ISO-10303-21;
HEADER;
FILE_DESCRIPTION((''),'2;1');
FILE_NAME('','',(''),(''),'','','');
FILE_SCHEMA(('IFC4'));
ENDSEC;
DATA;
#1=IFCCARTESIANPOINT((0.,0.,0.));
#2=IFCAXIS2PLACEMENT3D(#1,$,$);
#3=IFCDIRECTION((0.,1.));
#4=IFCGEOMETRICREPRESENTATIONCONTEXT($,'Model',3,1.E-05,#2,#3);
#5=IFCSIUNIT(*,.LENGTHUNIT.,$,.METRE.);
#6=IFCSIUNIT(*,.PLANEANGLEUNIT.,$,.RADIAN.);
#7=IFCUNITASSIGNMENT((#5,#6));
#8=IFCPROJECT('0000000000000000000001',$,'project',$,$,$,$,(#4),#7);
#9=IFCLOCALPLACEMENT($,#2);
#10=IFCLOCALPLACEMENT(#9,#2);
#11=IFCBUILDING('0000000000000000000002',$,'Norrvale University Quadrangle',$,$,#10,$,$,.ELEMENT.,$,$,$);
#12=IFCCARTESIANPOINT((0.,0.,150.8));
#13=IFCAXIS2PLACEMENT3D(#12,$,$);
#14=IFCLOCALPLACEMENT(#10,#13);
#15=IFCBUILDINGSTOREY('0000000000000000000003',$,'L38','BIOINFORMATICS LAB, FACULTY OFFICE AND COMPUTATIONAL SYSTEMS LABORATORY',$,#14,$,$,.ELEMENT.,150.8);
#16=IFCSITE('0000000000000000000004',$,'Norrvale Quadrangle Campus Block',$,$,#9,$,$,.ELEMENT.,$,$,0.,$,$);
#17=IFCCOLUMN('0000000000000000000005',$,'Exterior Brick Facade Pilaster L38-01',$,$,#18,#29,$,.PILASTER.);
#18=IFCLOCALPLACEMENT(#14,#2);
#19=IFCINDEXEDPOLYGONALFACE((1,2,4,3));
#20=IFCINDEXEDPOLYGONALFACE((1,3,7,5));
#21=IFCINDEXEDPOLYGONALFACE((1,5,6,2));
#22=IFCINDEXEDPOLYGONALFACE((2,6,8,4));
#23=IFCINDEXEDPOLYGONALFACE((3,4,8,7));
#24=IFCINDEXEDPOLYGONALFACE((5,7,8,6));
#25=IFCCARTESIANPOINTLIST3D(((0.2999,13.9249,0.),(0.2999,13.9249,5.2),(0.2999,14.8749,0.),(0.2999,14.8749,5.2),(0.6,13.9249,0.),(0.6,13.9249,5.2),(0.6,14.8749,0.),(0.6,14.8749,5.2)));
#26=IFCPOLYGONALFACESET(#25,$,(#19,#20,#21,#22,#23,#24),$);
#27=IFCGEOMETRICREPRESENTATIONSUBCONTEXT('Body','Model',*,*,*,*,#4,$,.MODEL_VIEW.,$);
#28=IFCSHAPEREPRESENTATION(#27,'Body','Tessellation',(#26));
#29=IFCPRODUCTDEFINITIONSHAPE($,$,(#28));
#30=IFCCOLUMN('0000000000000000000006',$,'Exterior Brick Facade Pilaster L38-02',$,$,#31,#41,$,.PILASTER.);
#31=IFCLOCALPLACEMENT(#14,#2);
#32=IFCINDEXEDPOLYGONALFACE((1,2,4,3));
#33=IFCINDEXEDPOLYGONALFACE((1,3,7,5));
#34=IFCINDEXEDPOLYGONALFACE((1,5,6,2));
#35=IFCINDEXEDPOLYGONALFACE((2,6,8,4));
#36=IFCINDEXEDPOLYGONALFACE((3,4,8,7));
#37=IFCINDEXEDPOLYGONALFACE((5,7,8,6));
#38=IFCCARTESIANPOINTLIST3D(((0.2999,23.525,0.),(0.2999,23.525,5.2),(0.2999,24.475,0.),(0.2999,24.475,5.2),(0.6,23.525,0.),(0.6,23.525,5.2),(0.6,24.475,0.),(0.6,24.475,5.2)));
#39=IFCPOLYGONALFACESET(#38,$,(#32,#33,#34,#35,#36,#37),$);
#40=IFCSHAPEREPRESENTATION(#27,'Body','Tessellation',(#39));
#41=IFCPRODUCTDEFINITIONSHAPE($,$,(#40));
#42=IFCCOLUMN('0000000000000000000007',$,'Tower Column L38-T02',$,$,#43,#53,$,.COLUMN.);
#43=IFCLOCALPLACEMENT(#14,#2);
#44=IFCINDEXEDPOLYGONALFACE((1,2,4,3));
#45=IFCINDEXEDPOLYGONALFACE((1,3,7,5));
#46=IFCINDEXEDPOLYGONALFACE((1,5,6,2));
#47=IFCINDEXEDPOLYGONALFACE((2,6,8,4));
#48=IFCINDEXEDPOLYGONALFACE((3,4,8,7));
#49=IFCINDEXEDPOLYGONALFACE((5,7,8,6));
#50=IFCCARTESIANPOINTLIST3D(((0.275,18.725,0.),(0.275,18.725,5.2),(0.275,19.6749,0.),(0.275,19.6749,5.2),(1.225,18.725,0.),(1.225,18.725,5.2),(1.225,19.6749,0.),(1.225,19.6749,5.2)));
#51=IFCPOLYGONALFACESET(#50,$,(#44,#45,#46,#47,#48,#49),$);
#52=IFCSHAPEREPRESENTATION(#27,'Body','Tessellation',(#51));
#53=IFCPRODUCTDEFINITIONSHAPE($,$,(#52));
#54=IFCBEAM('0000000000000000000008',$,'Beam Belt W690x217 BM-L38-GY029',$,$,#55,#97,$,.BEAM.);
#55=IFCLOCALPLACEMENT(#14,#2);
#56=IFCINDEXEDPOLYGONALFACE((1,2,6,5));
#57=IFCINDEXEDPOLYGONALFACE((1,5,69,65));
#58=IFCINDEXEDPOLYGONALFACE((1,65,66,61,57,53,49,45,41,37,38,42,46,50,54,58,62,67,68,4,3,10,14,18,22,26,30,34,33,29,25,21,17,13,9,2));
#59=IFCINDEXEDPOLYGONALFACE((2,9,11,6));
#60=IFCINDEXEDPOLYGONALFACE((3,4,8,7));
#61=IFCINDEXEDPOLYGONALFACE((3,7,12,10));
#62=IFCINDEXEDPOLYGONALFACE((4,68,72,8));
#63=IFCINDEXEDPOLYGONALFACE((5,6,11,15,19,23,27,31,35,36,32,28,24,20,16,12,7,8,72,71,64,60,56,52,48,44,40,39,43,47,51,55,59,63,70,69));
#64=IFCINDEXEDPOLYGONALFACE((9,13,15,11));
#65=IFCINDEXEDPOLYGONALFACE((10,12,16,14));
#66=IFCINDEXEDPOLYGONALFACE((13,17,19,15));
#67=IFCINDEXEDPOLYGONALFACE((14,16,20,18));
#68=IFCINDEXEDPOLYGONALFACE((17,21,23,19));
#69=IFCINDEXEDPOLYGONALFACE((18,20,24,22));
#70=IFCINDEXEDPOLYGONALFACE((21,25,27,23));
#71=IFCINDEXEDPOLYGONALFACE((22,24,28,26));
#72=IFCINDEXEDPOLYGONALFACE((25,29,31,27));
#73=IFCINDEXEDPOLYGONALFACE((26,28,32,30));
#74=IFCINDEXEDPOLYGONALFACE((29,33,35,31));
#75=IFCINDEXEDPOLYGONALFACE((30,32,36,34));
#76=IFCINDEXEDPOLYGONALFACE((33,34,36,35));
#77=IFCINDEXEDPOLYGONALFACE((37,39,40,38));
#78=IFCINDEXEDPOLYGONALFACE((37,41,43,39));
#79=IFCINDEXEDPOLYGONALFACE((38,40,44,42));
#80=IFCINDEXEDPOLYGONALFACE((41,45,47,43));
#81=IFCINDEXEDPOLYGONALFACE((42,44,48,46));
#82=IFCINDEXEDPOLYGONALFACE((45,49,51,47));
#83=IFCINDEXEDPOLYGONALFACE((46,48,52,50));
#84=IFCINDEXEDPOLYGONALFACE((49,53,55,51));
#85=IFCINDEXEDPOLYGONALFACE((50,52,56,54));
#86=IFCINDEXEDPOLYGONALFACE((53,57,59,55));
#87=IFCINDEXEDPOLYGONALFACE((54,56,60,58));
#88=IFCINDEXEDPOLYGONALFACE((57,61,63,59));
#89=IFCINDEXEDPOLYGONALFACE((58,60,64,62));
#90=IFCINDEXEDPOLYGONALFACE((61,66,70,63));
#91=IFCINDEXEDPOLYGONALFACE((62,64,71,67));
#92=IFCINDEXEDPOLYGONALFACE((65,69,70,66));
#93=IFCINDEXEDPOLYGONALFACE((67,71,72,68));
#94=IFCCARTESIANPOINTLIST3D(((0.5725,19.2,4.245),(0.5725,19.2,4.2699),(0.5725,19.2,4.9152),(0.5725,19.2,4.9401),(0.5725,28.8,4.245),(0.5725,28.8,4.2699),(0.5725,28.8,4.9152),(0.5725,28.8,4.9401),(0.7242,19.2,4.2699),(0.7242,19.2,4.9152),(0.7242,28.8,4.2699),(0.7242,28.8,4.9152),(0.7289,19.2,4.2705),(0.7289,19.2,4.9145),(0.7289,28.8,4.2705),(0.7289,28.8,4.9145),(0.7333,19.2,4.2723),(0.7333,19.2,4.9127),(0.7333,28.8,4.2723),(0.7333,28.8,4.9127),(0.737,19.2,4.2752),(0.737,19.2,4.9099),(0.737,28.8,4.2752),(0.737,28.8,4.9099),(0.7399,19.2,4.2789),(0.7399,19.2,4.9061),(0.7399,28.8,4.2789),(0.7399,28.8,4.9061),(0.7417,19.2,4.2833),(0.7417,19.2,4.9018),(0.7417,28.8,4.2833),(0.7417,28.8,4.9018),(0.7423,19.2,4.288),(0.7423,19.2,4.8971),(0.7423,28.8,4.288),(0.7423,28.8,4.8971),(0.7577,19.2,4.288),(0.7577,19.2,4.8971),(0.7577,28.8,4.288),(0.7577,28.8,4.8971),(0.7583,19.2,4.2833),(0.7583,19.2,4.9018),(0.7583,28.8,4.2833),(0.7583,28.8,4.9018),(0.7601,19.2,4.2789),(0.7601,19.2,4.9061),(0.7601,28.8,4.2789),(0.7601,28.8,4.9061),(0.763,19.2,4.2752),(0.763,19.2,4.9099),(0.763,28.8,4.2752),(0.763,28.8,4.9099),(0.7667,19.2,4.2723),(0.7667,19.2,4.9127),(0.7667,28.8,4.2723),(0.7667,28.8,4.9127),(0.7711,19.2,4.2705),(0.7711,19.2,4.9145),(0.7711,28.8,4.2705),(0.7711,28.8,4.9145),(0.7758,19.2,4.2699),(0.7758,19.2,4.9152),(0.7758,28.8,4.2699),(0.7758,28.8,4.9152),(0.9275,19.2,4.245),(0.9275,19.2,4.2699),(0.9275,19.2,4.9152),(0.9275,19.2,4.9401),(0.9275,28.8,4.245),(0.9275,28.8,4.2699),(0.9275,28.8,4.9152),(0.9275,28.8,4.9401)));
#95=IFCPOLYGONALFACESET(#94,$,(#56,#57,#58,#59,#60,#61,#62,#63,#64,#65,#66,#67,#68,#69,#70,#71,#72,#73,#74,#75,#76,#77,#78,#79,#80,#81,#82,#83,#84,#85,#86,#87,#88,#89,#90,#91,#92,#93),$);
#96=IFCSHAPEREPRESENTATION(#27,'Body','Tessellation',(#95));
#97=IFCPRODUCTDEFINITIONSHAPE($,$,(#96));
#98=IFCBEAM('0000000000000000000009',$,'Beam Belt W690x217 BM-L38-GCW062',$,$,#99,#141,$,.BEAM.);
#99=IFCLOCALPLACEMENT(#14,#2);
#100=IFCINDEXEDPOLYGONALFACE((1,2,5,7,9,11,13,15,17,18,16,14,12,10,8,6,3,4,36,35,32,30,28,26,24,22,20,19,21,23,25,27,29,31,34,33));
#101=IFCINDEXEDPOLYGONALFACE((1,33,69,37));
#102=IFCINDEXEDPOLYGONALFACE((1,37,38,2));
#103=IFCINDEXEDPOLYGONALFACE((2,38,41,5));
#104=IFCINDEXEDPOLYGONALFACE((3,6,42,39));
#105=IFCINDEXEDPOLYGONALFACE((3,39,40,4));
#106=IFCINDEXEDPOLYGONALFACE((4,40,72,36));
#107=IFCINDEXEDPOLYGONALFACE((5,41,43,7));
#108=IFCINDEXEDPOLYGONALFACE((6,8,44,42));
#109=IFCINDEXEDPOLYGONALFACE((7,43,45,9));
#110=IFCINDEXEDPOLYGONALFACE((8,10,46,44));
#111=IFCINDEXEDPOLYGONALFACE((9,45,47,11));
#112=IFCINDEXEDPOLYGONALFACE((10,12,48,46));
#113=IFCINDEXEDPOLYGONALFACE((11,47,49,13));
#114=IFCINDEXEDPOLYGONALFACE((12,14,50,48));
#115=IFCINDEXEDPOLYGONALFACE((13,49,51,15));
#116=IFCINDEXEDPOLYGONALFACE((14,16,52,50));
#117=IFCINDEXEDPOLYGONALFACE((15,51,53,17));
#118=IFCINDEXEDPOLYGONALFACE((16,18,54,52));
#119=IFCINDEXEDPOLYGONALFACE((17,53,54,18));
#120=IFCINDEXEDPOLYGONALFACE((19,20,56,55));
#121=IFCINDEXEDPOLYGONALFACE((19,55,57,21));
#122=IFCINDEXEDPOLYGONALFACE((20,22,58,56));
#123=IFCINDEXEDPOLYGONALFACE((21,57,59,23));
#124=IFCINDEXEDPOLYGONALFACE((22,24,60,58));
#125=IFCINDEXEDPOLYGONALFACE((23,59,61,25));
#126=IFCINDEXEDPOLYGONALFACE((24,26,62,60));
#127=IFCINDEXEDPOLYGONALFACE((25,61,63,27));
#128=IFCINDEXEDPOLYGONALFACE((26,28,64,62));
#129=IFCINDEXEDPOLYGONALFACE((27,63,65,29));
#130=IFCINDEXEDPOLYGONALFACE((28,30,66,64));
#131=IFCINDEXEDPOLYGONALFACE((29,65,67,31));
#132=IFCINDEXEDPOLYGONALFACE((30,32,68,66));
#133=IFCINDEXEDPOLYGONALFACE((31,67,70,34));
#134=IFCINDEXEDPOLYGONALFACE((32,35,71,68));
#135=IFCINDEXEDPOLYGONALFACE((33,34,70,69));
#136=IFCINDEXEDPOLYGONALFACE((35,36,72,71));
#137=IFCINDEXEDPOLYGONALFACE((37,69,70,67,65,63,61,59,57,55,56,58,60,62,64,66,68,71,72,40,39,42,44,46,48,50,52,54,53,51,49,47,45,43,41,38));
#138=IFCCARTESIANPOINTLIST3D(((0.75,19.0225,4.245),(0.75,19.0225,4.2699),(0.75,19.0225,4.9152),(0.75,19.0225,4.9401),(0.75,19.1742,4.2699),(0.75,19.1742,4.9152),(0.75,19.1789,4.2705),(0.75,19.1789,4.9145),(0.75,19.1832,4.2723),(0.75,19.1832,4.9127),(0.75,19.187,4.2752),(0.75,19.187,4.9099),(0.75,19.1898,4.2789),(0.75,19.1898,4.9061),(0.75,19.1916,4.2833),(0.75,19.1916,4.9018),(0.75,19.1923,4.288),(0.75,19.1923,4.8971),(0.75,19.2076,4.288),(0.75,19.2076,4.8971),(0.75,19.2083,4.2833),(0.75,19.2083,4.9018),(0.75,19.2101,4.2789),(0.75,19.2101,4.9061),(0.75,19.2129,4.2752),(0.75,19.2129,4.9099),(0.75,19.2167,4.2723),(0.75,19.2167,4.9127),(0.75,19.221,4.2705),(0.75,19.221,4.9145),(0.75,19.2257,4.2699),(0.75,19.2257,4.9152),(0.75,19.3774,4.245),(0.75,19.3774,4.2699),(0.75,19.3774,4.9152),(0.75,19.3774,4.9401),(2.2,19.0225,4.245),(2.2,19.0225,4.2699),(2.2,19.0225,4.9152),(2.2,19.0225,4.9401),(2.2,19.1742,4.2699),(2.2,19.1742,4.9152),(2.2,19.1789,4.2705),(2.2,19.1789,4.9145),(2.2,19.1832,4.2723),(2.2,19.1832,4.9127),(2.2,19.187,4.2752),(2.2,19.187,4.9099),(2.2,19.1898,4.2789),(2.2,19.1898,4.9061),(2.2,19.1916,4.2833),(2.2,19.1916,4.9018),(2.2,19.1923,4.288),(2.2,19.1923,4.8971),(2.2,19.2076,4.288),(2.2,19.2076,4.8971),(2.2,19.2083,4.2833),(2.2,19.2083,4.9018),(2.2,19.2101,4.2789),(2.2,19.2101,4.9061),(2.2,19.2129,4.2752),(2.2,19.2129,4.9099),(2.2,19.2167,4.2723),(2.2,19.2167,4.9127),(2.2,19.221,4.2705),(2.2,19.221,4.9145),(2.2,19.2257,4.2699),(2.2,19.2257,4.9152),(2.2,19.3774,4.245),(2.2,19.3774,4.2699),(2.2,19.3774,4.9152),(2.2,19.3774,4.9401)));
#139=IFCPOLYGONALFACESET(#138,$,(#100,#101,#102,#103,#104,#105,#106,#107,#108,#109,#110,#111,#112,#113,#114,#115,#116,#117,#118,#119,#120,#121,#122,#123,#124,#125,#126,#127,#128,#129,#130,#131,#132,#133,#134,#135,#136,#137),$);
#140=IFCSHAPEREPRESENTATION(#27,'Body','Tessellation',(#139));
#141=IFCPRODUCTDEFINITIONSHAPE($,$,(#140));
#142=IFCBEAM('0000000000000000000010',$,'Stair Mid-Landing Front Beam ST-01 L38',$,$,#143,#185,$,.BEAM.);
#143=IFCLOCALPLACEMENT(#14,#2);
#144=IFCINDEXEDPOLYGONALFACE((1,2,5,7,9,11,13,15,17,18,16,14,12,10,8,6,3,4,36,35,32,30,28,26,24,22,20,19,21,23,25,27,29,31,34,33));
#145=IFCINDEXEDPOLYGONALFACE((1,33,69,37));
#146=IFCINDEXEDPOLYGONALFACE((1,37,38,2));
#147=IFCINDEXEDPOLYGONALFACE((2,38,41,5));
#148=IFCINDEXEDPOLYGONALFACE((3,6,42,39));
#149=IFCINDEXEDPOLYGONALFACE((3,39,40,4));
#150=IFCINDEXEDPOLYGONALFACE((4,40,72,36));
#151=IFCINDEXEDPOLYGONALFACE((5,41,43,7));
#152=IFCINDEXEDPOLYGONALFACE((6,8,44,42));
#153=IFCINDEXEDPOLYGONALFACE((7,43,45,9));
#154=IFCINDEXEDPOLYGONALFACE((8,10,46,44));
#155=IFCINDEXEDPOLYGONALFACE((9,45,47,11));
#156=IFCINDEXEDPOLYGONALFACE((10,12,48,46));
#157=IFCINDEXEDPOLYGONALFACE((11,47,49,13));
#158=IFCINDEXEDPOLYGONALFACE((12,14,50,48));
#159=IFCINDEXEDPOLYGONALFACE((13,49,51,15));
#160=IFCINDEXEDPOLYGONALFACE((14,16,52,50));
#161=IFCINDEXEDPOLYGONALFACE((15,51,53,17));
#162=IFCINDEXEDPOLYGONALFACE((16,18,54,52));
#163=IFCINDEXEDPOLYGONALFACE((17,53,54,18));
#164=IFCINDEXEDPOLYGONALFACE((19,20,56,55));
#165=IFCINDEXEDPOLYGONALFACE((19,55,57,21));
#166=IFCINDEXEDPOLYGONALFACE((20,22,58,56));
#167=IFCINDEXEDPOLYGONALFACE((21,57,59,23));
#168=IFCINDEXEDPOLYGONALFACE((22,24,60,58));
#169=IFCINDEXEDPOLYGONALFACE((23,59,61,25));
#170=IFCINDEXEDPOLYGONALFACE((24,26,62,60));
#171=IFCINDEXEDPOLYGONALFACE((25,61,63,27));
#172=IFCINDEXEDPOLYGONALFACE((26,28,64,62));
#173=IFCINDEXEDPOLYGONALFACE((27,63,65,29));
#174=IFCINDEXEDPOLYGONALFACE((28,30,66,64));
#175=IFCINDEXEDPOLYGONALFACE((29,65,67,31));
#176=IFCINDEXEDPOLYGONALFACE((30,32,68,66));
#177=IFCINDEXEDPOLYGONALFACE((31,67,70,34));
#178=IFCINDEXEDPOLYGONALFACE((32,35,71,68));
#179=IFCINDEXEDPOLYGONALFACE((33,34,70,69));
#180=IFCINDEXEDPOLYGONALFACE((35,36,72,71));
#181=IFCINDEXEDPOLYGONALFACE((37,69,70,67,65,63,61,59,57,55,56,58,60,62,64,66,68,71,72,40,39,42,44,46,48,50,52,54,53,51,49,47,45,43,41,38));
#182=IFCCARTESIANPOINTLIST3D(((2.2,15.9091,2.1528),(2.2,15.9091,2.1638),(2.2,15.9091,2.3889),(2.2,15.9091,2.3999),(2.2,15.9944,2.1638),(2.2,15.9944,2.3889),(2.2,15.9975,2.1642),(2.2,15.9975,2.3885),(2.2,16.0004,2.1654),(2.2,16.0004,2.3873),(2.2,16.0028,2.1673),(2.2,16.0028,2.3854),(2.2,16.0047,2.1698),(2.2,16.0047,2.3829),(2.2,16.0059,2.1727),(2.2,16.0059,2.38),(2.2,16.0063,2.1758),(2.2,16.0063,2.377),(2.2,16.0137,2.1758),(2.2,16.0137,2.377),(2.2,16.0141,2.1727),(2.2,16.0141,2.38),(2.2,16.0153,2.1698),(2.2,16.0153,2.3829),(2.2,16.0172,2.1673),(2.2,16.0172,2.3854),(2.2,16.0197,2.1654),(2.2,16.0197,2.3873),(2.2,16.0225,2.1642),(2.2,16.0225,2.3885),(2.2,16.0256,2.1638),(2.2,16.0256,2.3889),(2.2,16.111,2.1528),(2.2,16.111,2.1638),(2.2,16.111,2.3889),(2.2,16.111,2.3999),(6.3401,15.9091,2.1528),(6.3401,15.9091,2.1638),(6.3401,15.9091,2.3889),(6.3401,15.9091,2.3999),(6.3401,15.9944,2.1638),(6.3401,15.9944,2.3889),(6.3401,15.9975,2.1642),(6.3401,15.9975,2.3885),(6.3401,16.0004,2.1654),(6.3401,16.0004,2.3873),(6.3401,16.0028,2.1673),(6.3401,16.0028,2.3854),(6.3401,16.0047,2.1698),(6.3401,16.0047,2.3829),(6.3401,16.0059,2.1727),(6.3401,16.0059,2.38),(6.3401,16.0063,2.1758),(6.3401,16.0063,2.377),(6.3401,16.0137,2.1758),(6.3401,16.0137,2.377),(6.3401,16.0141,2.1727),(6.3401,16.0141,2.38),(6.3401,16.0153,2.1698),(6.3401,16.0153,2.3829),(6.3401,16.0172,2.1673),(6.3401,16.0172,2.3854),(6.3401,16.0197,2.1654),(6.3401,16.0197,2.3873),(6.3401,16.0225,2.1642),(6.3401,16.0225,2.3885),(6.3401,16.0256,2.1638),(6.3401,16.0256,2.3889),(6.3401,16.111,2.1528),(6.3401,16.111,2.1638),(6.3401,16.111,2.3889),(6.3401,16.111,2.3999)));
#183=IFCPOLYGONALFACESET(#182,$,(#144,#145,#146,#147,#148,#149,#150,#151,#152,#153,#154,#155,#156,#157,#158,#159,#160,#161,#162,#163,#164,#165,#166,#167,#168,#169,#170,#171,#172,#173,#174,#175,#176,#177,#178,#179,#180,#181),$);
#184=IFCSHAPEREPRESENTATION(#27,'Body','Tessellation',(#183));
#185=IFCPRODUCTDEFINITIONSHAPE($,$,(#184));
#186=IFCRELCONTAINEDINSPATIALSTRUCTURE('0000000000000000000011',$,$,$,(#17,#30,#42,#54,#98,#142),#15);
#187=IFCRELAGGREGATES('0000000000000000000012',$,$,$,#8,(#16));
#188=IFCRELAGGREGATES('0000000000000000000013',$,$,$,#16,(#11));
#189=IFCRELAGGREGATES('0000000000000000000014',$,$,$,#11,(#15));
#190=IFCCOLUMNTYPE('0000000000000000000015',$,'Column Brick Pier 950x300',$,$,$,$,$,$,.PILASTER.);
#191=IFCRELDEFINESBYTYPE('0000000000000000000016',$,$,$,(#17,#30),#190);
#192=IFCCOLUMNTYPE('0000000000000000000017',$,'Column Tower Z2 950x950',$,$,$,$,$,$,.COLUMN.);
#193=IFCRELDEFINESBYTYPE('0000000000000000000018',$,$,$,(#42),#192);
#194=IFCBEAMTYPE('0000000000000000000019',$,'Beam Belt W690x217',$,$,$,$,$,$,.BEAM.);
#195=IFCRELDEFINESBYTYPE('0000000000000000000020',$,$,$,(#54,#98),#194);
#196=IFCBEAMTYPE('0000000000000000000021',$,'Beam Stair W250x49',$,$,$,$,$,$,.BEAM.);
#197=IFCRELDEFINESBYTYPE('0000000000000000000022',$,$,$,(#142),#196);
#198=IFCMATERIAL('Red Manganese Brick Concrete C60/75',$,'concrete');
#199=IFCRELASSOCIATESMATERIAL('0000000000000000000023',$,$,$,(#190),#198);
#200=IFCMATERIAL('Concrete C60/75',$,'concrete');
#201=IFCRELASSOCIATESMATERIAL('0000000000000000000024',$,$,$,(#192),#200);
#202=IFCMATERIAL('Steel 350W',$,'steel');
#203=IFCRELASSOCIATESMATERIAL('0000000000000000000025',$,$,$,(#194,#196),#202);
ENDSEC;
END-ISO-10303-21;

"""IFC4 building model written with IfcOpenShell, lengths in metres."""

from ifc_helpers import new_model, si_unit, direction, frame, origin, origin_2d, place, context, subcontext, project, spatial, rectangle, i_section, extrude, material, material_profile, profile_set, type_object, element, save


model = new_model("IFC4")

# Units and contexts
model_context = context("Model", 3, precision=1e-05, world=origin(), true_north=direction((0.0, 1.0)))
body_context = subcontext(model_context, "Body", "Model", "MODEL_VIEW")
ifc_project = project(units=[si_unit("LENGTHUNIT", "METRE"), si_unit("PLANEANGLEUNIT", "RADIAN")], contexts=[model_context])

# Site, building, storey
site_placement = place(None, origin())
site = spatial("IfcSite", under=ifc_project, at=site_placement, Name="Norrvale Quadrangle Campus Block", CompositionType="ELEMENT", RefElevation=0.0)
building_placement = place(site_placement, origin())
building = spatial("IfcBuilding", under=site, at=building_placement, Name="Norrvale University Quadrangle", CompositionType="ELEMENT")
storey_placement = place(building_placement, frame((0.0, 0.0, 150.8)))
storey = spatial("IfcBuildingStorey", under=building, at=storey_placement, Name="L38", Description="BIOINFORMATICS LAB, FACULTY OFFICE AND COMPUTATIONAL SYSTEMS LABORATORY", CompositionType="ELEMENT", Elevation=150.8)

# Columns
ifc_material_1 = material(Name="Red Manganese Brick Concrete C60/75", Category="concrete")
ifc_material_profile_1 = material_profile(ifc_material_1, rectangle(XDim=0.95, YDim=0.3, at=origin_2d()), Name="Red Manganese Brick Concrete C60/75")
ifc_profile_set_1 = profile_set([ifc_material_profile_1], Name="Red Manganese Brick Concrete C60/75")
column_type_1 = type_object("IfcColumnType", Name="Column Brick Pier 950x300", PredefinedType="PILASTER", material=ifc_profile_set_1)
for number, where, z_axis, x_axis, name in (
    (1, (0.45, 14.3999, 0.0), (0.0, 0.0, 1.0), (0.0, 1.0, 0.0), "Exterior Brick Facade Pilaster L38-01"),
    (2, (0.45, 24.0, 0.0), (0.0, 0.0, 1.0), (0.0, 1.0, 0.0), "Exterior Brick Facade Pilaster L38-02"),
):
    element("IfcColumn", number, at=place(storey_placement, frame(where, z_axis=z_axis, x_axis=x_axis)), inside=storey, type_object=column_type_1, Name=name, PredefinedType="PILASTER", context=body_context, shape_type="SweptSolid", body=[
        extrude(rectangle(XDim=0.95, YDim=0.3, at=origin_2d()), origin(), (0.0, 0.0, 1.0), 5.2),
    ])
ifc_material_2 = material(Name="Concrete C60/75", Category="concrete")
ifc_material_profile_2 = material_profile(ifc_material_2, rectangle(XDim=0.95, YDim=0.95, at=origin_2d()), Name="Concrete C60/75")
ifc_profile_set_2 = profile_set([ifc_material_profile_2], Name="Concrete C60/75")
column_type_2 = type_object("IfcColumnType", Name="Column Tower Z2 950x950", PredefinedType="COLUMN", material=ifc_profile_set_2)
column_placement = place(storey_placement, frame((0.75, 19.2, 0.0), z_axis=(0.0, 0.0, 1.0), x_axis=(1.0, 0.0, 0.0)))
element("IfcColumn", 3, at=column_placement, inside=storey, type_object=column_type_2, Name="Tower Column L38-T02", PredefinedType="COLUMN", context=body_context, shape_type="SweptSolid", body=[
    extrude(rectangle(XDim=0.95, YDim=0.95, at=origin_2d()), origin(), (0.0, 0.0, 1.0), 5.2),
])

# Beams
ifc_material_3 = material(Name="Steel 350W", Category="steel")
ifc_material_profile_3 = material_profile(ifc_material_3, i_section(OverallWidth=0.355, OverallDepth=0.6951, WebThickness=0.0154, FlangeThickness=0.0249, FilletRadius=0.0181, at=origin_2d()), Name="Steel 350W")
ifc_profile_set_3 = profile_set([ifc_material_profile_3], Name="Steel 350W")
beam_type_1 = type_object("IfcBeamType", Name="Beam Belt W690x217", PredefinedType="BEAM", material=ifc_profile_set_3)
beam_1_placement = place(storey_placement, frame((0.75, 19.2, 4.5925), z_axis=(0.0, 1.0, 0.0), x_axis=(-1.0, 0.0, 0.0)))
element("IfcBeam", 4, at=beam_1_placement, inside=storey, type_object=beam_type_1, Name="Beam Belt W690x217 BM-L38-GY029", PredefinedType="BEAM", context=body_context, shape_type="SweptSolid", body=[
    extrude(i_section(OverallWidth=0.355, OverallDepth=0.6951, WebThickness=0.0154, FlangeThickness=0.0249, FilletRadius=0.0181, at=origin_2d()), origin(), (0.0, 0.0, 1.0), 9.6001),
])
beam_2_placement = place(storey_placement, frame((0.75, 19.2, 4.5925), z_axis=(1.0, 0.0, 0.0), x_axis=(0.0, 1.0, 0.0)))
element("IfcBeam", 5, at=beam_2_placement, inside=storey, type_object=beam_type_1, Name="Beam Belt W690x217 BM-L38-GCW062", PredefinedType="BEAM", context=body_context, shape_type="SweptSolid", body=[
    extrude(i_section(OverallWidth=0.355, OverallDepth=0.6951, WebThickness=0.0154, FlangeThickness=0.0249, FilletRadius=0.0181, at=origin_2d()), origin(), (0.0, 0.0, 1.0), 1.45),
])
ifc_material_profile_4 = material_profile(ifc_material_3, i_section(OverallWidth=0.2019, OverallDepth=0.2471, WebThickness=0.0073, FlangeThickness=0.011, FilletRadius=0.012, at=origin_2d()), Name="Steel 350W")
ifc_profile_set_4 = profile_set([ifc_material_profile_4], Name="Steel 350W")
beam_type_2 = type_object("IfcBeamType", Name="Beam Stair W250x49", PredefinedType="BEAM", material=ifc_profile_set_4)
for number, where, z_axis, x_axis, name in (
    (6, (2.2, 16.01, 2.2764), (1.0, 0.0, 0.0), (0.0, 1.0, 0.0), "Stair Mid-Landing Front Beam ST-01 L38"),
):
    element("IfcBeam", number, at=place(storey_placement, frame(where, z_axis=z_axis, x_axis=x_axis)), inside=storey, type_object=beam_type_2, Name=name, PredefinedType="BEAM", context=body_context, shape_type="SweptSolid", body=[
        extrude(i_section(OverallWidth=0.2019, OverallDepth=0.2471, WebThickness=0.0073, FlangeThickness=0.011, FilletRadius=0.012, at=origin_2d()), origin(), (0.0, 0.0, 1.0), 4.1401),
    ])

save(model, "model.ifc")
